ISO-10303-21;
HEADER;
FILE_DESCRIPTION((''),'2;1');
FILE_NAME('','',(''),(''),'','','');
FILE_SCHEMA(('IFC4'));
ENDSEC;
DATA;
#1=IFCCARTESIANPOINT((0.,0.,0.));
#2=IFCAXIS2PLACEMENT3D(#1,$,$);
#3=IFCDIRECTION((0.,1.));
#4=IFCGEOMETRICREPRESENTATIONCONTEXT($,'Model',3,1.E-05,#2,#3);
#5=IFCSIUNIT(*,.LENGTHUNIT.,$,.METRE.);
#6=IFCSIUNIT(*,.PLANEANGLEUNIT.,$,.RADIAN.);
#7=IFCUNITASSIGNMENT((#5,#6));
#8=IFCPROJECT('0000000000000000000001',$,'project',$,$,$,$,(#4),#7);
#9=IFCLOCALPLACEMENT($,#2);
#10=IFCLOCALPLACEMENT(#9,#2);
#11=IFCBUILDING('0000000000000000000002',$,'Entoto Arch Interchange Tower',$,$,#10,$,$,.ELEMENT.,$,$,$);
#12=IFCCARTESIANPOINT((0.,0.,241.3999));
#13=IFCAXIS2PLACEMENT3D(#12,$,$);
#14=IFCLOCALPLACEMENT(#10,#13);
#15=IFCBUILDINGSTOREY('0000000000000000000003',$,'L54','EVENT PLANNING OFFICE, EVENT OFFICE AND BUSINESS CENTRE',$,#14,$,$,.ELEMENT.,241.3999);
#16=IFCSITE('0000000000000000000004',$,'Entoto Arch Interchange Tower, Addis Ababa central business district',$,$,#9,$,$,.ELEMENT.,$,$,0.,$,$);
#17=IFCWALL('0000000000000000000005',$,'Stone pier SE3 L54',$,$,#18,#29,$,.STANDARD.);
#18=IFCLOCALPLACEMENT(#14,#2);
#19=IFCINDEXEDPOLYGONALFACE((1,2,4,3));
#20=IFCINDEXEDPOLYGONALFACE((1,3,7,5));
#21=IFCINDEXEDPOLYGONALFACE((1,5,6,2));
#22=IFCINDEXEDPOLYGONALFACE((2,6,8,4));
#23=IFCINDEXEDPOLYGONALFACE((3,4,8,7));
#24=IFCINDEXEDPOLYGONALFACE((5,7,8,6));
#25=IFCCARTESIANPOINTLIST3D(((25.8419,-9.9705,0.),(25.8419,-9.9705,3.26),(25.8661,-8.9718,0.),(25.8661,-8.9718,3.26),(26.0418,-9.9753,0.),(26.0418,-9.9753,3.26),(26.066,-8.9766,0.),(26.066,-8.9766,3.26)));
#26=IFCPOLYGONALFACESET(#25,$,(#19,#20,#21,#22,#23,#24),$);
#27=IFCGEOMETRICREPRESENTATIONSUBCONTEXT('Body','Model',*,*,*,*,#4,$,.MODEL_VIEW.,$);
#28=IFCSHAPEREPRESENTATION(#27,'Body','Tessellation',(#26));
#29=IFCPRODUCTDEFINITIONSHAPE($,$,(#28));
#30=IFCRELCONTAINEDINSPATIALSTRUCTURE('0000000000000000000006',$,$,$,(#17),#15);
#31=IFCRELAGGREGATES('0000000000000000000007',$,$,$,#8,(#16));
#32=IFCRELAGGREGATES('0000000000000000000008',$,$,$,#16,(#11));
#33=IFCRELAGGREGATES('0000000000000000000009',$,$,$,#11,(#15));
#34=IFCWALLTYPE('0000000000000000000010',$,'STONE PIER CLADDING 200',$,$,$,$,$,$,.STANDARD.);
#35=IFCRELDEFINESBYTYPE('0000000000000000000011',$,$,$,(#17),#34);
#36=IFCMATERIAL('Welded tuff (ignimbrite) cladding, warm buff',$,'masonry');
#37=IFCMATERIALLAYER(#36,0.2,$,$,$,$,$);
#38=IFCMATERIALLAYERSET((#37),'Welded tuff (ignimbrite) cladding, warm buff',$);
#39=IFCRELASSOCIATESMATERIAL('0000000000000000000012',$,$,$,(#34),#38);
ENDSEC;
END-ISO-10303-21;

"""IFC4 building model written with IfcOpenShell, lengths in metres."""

from ifc_helpers import new_model, si_unit, direction, frame, frame_2d, origin, place, context, subcontext, project, spatial, rectangle, extrude, material, layer, layer_set, type_object, element, save


model = new_model("IFC4")

# Units and contexts
model_context = context("Model", 3, precision=1e-05, world=origin(), true_north=direction((0.0, 1.0)))
body_context = subcontext(model_context, "Body", "Model", "MODEL_VIEW")
ifc_project = project(units=[si_unit("LENGTHUNIT", "METRE"), si_unit("PLANEANGLEUNIT", "RADIAN")], contexts=[model_context])

# Site, building, storey
site_placement = place(None, origin())
site = spatial("IfcSite", under=ifc_project, at=site_placement, Name="Entoto Arch Interchange Tower, Addis Ababa central business district", CompositionType="ELEMENT", RefElevation=0.0)
building_placement = place(site_placement, origin())
building = spatial("IfcBuilding", under=site, at=building_placement, Name="Entoto Arch Interchange Tower", CompositionType="ELEMENT")
storey_placement = place(building_placement, frame((0.0, 0.0, 241.3999)))
storey = spatial("IfcBuildingStorey", under=building, at=storey_placement, Name="L54", Description="EVENT PLANNING OFFICE, EVENT OFFICE AND BUSINESS CENTRE", CompositionType="ELEMENT", Elevation=241.3999)

# Wall
ifc_material_1 = material(Name="Welded tuff (ignimbrite) cladding, warm buff", Category="masonry")
ifc_layer_1 = layer(ifc_material_1, 0.2)
ifc_layer_set_1 = layer_set([ifc_layer_1], Name="Welded tuff (ignimbrite) cladding, warm buff")
wall_type_1 = type_object("IfcWallType", Name="STONE PIER CLADDING 200", PredefinedType="STANDARD", material=ifc_layer_set_1)
wall_1_placement = place(storey_placement, frame((25.9419, -9.9729, 0.0), z_axis=(0.0, 0.0, 1.0), x_axis=(0.024192, 0.999707, 0.0)))
element("IfcWall", 1, at=wall_1_placement, inside=storey, type_object=wall_type_1, Name="Stone pier SE3 L54", PredefinedType="STANDARD", context=body_context, shape_type="SweptSolid", body=[
    extrude(rectangle(XDim=0.999, YDim=0.2, at=frame_2d((0.4995, 0.0))), origin(), (0.0, 0.0, 1.0), 3.26),
])

save(model, "model.ifc")
